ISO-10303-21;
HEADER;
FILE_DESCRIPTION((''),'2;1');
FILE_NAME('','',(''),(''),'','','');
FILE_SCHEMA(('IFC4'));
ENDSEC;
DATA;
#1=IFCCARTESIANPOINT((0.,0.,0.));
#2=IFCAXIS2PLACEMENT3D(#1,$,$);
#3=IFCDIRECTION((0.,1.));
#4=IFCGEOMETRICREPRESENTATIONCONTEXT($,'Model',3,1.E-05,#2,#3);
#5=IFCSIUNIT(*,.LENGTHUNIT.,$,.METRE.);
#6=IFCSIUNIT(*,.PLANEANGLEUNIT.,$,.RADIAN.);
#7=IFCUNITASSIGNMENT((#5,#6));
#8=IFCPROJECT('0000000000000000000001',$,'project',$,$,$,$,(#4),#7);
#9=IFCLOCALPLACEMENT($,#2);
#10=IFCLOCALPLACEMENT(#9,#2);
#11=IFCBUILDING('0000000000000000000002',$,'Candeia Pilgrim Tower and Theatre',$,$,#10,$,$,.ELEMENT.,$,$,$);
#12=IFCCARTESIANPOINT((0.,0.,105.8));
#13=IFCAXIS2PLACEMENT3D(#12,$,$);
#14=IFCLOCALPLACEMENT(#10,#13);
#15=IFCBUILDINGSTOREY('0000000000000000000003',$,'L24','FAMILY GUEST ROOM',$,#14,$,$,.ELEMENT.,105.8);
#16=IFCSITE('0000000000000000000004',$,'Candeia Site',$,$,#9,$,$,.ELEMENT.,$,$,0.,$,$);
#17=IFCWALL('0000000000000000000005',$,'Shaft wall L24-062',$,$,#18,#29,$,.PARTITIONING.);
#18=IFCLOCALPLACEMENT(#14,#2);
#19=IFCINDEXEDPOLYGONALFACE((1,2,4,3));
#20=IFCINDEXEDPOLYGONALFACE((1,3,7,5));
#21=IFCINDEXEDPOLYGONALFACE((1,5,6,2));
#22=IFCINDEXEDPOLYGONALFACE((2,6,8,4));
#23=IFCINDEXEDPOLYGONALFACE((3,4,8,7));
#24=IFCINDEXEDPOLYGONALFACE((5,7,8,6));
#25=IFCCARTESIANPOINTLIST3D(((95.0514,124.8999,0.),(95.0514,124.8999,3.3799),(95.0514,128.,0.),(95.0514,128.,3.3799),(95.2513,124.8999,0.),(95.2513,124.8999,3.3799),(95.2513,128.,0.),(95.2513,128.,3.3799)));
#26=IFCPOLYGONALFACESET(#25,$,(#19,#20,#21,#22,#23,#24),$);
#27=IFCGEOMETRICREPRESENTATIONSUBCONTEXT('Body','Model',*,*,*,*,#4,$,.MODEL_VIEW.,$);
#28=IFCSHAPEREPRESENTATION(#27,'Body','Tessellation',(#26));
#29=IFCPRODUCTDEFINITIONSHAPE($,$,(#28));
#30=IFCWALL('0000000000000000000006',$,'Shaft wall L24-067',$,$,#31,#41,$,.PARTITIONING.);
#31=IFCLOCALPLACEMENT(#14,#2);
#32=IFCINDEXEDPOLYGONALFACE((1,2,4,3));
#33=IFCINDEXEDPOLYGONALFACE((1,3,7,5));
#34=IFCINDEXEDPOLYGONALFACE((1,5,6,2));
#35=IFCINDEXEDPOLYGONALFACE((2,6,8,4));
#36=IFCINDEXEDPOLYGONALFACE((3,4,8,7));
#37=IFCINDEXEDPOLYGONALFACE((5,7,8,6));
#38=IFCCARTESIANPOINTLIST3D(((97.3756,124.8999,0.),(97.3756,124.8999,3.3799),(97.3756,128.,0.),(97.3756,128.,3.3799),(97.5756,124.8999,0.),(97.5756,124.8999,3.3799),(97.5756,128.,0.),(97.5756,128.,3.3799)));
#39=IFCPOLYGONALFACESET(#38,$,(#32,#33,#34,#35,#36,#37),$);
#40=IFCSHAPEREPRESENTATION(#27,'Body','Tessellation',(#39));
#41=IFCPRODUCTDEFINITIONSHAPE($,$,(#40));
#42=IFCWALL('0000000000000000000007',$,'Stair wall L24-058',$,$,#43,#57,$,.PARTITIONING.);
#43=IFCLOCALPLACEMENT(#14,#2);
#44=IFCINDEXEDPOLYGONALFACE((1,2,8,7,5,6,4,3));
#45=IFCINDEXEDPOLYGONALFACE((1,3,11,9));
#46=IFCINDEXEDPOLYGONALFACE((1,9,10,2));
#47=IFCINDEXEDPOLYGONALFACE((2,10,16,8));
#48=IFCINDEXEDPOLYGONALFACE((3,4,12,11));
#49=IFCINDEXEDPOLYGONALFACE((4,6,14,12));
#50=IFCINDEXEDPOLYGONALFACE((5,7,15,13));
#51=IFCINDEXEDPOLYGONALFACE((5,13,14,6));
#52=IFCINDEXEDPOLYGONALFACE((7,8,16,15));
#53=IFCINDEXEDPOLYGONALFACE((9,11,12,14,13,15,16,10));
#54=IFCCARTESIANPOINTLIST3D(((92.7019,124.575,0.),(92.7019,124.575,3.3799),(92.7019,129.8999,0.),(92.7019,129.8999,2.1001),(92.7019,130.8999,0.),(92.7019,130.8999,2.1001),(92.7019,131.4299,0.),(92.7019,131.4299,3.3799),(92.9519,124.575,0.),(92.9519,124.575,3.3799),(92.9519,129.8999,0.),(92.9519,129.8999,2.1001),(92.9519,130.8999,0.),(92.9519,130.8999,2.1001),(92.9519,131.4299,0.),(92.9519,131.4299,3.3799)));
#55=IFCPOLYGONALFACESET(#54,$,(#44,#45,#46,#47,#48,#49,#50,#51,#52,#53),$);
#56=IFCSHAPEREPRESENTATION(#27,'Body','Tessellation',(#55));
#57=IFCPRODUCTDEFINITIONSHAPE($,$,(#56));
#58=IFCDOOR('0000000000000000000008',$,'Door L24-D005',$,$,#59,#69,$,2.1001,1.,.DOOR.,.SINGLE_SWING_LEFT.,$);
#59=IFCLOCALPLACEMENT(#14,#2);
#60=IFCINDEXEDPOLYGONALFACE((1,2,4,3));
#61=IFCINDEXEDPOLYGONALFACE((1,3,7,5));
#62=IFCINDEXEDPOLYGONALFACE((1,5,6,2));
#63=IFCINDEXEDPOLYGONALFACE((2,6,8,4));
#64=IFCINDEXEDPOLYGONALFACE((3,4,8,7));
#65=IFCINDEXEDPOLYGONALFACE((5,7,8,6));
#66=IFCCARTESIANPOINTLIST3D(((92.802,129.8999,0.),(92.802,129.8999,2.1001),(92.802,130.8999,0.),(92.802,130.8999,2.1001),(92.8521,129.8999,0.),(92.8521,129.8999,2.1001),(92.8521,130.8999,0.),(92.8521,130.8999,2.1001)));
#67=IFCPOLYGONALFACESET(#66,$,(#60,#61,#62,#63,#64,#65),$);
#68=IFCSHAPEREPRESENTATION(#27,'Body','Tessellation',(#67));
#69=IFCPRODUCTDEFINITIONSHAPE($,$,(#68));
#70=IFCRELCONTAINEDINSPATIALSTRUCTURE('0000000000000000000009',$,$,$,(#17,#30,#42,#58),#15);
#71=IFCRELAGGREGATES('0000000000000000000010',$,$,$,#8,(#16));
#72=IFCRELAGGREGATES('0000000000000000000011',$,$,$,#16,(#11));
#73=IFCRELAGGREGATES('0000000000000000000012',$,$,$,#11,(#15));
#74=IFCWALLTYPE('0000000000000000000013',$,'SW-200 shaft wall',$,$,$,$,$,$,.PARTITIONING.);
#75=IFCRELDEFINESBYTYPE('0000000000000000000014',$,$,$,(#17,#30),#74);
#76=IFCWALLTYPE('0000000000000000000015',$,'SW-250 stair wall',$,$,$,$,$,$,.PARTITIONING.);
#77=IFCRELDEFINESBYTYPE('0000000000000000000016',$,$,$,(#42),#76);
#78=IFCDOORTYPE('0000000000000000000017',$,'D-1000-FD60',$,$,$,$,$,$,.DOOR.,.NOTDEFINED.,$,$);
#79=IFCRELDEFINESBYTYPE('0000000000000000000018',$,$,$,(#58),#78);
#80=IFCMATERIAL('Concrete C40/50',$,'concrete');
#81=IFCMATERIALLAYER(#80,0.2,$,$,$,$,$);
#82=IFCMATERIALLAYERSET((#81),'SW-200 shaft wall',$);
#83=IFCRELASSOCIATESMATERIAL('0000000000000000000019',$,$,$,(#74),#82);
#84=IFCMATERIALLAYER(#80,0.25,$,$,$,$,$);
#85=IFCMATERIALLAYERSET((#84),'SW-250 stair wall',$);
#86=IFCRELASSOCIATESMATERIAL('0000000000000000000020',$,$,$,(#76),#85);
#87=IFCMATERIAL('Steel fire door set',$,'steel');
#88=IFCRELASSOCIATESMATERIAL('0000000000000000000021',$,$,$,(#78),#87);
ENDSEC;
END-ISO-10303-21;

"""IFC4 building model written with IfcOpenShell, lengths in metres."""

from ifc_helpers import new_model, si_unit, direction, frame, frame_2d, origin, place, context, subcontext, project, spatial, rectangle, extrude, material, layer, layer_set, type_object, element, fill, save


model = new_model("IFC4")

# Units and contexts
model_context = context("Model", 3, precision=1e-05, world=origin(), true_north=direction((0.0, 1.0)))
body_context = subcontext(model_context, "Body", "Model", "MODEL_VIEW")
ifc_project = project(units=[si_unit("LENGTHUNIT", "METRE"), si_unit("PLANEANGLEUNIT", "RADIAN")], contexts=[model_context])

# Site, building, storey
site_placement = place(None, origin())
site = spatial("IfcSite", under=ifc_project, at=site_placement, Name="Candeia Site", CompositionType="ELEMENT", RefElevation=0.0)
building_placement = place(site_placement, origin())
building = spatial("IfcBuilding", under=site, at=building_placement, Name="Candeia Pilgrim Tower and Theatre", CompositionType="ELEMENT")
storey_placement = place(building_placement, frame((0.0, 0.0, 105.8)))
storey = spatial("IfcBuildingStorey", under=building, at=storey_placement, Name="L24", Description="FAMILY GUEST ROOM", CompositionType="ELEMENT", Elevation=105.8)

# Shared definitions
ifc_material_1 = material(Name="Steel fire door set", Category="steel")

# Shared definitions
ifc_material_2 = material(Name="Concrete C40/50", Category="concrete")
ifc_layer_1 = layer(ifc_material_2, 0.2)
ifc_layer_set_1 = layer_set([ifc_layer_1], Name="SW-200 shaft wall")
wall_type_1 = type_object("IfcWallType", Name="SW-200 shaft wall", PredefinedType="PARTITIONING", material=ifc_layer_set_1)

# Walls
for number, where, z_axis, x_axis, name in (
    (1, (95.1514, 124.8999, 0.0), (0.0, 0.0, 1.0), (0.0, 1.0, 0.0), "Shaft wall L24-062"),
    (2, (97.4756, 124.8999, 0.0), (0.0, 0.0, 1.0), (0.0, 1.0, 0.0), "Shaft wall L24-067"),
):
    element("IfcWall", number, at=place(storey_placement, frame(where, z_axis=z_axis, x_axis=x_axis)), inside=storey, type_object=wall_type_1, Name=name, PredefinedType="PARTITIONING", context=body_context, shape_type="SweptSolid", body=[
        extrude(rectangle(XDim=3.1001, YDim=0.2, at=frame_2d((1.55, 0.0))), origin(), (0.0, 0.0, 1.0), 3.3799),
    ])

# Wall, opening, door
ifc_layer_2 = layer(ifc_material_2, 0.25)
ifc_layer_set_2 = layer_set([ifc_layer_2], Name="SW-250 stair wall")
wall_type_2 = type_object("IfcWallType", Name="SW-250 stair wall", PredefinedType="PARTITIONING", material=ifc_layer_set_2)
wall_1_placement = place(storey_placement, frame((92.8269, 124.575, 0.0), z_axis=(0.0, 0.0, 1.0), x_axis=(0.0, 1.0, 0.0)))
wall_1 = element("IfcWall", 3, at=wall_1_placement, inside=storey, type_object=wall_type_2, Name="Stair wall L24-058", PredefinedType="PARTITIONING", context=body_context, shape_type="SweptSolid", body=[
    extrude(rectangle(XDim=6.855, YDim=0.25, at=frame_2d((3.4275, 0.0))), origin(), (0.0, 0.0, 1.0), 3.3799),
])
opening_1_placement = place(wall_1_placement, frame((5.325, 0.0, 0.0)))
opening_1 = element("IfcOpeningElement", 4, at=opening_1_placement, cuts=wall_1, PredefinedType="OPENING", context=body_context, shape_type="SweptSolid", body=[
    extrude(rectangle(XDim=1.0, YDim=2.1001, at=frame_2d((0.5, 1.05))), frame((0.0, 0.135, 0.0), z_axis=(0.0, -1.0, 0.0), x_axis=(1.0, 0.0, 0.0)), (0.0, 0.0, 1.0), 0.27),
])
door_type_1 = type_object("IfcDoorType", Name="D-1000-FD60", OperationType="NOTDEFINED", PredefinedType="DOOR", material=ifc_material_1)
door_1_placement = place(opening_1_placement, origin())
door_1 = element("IfcDoor", 5, at=door_1_placement, inside=storey, type_object=door_type_1, Name="Door L24-D005", OperationType="SINGLE_SWING_LEFT", OverallHeight=2.1001, OverallWidth=1.0, PredefinedType="DOOR", context=body_context, shape_type="SweptSolid", body=[
    extrude(rectangle(XDim=1.0, YDim=2.1001, at=frame_2d((0.5, 1.05))), frame((0.0, 0.0249, 0.0), z_axis=(0.0, -1.0, 0.0), x_axis=(1.0, 0.0, 0.0)), (0.0, 0.0, 1.0), 0.05),
])
fill(opening_1, door_1)

save(model, "model.ifc")
